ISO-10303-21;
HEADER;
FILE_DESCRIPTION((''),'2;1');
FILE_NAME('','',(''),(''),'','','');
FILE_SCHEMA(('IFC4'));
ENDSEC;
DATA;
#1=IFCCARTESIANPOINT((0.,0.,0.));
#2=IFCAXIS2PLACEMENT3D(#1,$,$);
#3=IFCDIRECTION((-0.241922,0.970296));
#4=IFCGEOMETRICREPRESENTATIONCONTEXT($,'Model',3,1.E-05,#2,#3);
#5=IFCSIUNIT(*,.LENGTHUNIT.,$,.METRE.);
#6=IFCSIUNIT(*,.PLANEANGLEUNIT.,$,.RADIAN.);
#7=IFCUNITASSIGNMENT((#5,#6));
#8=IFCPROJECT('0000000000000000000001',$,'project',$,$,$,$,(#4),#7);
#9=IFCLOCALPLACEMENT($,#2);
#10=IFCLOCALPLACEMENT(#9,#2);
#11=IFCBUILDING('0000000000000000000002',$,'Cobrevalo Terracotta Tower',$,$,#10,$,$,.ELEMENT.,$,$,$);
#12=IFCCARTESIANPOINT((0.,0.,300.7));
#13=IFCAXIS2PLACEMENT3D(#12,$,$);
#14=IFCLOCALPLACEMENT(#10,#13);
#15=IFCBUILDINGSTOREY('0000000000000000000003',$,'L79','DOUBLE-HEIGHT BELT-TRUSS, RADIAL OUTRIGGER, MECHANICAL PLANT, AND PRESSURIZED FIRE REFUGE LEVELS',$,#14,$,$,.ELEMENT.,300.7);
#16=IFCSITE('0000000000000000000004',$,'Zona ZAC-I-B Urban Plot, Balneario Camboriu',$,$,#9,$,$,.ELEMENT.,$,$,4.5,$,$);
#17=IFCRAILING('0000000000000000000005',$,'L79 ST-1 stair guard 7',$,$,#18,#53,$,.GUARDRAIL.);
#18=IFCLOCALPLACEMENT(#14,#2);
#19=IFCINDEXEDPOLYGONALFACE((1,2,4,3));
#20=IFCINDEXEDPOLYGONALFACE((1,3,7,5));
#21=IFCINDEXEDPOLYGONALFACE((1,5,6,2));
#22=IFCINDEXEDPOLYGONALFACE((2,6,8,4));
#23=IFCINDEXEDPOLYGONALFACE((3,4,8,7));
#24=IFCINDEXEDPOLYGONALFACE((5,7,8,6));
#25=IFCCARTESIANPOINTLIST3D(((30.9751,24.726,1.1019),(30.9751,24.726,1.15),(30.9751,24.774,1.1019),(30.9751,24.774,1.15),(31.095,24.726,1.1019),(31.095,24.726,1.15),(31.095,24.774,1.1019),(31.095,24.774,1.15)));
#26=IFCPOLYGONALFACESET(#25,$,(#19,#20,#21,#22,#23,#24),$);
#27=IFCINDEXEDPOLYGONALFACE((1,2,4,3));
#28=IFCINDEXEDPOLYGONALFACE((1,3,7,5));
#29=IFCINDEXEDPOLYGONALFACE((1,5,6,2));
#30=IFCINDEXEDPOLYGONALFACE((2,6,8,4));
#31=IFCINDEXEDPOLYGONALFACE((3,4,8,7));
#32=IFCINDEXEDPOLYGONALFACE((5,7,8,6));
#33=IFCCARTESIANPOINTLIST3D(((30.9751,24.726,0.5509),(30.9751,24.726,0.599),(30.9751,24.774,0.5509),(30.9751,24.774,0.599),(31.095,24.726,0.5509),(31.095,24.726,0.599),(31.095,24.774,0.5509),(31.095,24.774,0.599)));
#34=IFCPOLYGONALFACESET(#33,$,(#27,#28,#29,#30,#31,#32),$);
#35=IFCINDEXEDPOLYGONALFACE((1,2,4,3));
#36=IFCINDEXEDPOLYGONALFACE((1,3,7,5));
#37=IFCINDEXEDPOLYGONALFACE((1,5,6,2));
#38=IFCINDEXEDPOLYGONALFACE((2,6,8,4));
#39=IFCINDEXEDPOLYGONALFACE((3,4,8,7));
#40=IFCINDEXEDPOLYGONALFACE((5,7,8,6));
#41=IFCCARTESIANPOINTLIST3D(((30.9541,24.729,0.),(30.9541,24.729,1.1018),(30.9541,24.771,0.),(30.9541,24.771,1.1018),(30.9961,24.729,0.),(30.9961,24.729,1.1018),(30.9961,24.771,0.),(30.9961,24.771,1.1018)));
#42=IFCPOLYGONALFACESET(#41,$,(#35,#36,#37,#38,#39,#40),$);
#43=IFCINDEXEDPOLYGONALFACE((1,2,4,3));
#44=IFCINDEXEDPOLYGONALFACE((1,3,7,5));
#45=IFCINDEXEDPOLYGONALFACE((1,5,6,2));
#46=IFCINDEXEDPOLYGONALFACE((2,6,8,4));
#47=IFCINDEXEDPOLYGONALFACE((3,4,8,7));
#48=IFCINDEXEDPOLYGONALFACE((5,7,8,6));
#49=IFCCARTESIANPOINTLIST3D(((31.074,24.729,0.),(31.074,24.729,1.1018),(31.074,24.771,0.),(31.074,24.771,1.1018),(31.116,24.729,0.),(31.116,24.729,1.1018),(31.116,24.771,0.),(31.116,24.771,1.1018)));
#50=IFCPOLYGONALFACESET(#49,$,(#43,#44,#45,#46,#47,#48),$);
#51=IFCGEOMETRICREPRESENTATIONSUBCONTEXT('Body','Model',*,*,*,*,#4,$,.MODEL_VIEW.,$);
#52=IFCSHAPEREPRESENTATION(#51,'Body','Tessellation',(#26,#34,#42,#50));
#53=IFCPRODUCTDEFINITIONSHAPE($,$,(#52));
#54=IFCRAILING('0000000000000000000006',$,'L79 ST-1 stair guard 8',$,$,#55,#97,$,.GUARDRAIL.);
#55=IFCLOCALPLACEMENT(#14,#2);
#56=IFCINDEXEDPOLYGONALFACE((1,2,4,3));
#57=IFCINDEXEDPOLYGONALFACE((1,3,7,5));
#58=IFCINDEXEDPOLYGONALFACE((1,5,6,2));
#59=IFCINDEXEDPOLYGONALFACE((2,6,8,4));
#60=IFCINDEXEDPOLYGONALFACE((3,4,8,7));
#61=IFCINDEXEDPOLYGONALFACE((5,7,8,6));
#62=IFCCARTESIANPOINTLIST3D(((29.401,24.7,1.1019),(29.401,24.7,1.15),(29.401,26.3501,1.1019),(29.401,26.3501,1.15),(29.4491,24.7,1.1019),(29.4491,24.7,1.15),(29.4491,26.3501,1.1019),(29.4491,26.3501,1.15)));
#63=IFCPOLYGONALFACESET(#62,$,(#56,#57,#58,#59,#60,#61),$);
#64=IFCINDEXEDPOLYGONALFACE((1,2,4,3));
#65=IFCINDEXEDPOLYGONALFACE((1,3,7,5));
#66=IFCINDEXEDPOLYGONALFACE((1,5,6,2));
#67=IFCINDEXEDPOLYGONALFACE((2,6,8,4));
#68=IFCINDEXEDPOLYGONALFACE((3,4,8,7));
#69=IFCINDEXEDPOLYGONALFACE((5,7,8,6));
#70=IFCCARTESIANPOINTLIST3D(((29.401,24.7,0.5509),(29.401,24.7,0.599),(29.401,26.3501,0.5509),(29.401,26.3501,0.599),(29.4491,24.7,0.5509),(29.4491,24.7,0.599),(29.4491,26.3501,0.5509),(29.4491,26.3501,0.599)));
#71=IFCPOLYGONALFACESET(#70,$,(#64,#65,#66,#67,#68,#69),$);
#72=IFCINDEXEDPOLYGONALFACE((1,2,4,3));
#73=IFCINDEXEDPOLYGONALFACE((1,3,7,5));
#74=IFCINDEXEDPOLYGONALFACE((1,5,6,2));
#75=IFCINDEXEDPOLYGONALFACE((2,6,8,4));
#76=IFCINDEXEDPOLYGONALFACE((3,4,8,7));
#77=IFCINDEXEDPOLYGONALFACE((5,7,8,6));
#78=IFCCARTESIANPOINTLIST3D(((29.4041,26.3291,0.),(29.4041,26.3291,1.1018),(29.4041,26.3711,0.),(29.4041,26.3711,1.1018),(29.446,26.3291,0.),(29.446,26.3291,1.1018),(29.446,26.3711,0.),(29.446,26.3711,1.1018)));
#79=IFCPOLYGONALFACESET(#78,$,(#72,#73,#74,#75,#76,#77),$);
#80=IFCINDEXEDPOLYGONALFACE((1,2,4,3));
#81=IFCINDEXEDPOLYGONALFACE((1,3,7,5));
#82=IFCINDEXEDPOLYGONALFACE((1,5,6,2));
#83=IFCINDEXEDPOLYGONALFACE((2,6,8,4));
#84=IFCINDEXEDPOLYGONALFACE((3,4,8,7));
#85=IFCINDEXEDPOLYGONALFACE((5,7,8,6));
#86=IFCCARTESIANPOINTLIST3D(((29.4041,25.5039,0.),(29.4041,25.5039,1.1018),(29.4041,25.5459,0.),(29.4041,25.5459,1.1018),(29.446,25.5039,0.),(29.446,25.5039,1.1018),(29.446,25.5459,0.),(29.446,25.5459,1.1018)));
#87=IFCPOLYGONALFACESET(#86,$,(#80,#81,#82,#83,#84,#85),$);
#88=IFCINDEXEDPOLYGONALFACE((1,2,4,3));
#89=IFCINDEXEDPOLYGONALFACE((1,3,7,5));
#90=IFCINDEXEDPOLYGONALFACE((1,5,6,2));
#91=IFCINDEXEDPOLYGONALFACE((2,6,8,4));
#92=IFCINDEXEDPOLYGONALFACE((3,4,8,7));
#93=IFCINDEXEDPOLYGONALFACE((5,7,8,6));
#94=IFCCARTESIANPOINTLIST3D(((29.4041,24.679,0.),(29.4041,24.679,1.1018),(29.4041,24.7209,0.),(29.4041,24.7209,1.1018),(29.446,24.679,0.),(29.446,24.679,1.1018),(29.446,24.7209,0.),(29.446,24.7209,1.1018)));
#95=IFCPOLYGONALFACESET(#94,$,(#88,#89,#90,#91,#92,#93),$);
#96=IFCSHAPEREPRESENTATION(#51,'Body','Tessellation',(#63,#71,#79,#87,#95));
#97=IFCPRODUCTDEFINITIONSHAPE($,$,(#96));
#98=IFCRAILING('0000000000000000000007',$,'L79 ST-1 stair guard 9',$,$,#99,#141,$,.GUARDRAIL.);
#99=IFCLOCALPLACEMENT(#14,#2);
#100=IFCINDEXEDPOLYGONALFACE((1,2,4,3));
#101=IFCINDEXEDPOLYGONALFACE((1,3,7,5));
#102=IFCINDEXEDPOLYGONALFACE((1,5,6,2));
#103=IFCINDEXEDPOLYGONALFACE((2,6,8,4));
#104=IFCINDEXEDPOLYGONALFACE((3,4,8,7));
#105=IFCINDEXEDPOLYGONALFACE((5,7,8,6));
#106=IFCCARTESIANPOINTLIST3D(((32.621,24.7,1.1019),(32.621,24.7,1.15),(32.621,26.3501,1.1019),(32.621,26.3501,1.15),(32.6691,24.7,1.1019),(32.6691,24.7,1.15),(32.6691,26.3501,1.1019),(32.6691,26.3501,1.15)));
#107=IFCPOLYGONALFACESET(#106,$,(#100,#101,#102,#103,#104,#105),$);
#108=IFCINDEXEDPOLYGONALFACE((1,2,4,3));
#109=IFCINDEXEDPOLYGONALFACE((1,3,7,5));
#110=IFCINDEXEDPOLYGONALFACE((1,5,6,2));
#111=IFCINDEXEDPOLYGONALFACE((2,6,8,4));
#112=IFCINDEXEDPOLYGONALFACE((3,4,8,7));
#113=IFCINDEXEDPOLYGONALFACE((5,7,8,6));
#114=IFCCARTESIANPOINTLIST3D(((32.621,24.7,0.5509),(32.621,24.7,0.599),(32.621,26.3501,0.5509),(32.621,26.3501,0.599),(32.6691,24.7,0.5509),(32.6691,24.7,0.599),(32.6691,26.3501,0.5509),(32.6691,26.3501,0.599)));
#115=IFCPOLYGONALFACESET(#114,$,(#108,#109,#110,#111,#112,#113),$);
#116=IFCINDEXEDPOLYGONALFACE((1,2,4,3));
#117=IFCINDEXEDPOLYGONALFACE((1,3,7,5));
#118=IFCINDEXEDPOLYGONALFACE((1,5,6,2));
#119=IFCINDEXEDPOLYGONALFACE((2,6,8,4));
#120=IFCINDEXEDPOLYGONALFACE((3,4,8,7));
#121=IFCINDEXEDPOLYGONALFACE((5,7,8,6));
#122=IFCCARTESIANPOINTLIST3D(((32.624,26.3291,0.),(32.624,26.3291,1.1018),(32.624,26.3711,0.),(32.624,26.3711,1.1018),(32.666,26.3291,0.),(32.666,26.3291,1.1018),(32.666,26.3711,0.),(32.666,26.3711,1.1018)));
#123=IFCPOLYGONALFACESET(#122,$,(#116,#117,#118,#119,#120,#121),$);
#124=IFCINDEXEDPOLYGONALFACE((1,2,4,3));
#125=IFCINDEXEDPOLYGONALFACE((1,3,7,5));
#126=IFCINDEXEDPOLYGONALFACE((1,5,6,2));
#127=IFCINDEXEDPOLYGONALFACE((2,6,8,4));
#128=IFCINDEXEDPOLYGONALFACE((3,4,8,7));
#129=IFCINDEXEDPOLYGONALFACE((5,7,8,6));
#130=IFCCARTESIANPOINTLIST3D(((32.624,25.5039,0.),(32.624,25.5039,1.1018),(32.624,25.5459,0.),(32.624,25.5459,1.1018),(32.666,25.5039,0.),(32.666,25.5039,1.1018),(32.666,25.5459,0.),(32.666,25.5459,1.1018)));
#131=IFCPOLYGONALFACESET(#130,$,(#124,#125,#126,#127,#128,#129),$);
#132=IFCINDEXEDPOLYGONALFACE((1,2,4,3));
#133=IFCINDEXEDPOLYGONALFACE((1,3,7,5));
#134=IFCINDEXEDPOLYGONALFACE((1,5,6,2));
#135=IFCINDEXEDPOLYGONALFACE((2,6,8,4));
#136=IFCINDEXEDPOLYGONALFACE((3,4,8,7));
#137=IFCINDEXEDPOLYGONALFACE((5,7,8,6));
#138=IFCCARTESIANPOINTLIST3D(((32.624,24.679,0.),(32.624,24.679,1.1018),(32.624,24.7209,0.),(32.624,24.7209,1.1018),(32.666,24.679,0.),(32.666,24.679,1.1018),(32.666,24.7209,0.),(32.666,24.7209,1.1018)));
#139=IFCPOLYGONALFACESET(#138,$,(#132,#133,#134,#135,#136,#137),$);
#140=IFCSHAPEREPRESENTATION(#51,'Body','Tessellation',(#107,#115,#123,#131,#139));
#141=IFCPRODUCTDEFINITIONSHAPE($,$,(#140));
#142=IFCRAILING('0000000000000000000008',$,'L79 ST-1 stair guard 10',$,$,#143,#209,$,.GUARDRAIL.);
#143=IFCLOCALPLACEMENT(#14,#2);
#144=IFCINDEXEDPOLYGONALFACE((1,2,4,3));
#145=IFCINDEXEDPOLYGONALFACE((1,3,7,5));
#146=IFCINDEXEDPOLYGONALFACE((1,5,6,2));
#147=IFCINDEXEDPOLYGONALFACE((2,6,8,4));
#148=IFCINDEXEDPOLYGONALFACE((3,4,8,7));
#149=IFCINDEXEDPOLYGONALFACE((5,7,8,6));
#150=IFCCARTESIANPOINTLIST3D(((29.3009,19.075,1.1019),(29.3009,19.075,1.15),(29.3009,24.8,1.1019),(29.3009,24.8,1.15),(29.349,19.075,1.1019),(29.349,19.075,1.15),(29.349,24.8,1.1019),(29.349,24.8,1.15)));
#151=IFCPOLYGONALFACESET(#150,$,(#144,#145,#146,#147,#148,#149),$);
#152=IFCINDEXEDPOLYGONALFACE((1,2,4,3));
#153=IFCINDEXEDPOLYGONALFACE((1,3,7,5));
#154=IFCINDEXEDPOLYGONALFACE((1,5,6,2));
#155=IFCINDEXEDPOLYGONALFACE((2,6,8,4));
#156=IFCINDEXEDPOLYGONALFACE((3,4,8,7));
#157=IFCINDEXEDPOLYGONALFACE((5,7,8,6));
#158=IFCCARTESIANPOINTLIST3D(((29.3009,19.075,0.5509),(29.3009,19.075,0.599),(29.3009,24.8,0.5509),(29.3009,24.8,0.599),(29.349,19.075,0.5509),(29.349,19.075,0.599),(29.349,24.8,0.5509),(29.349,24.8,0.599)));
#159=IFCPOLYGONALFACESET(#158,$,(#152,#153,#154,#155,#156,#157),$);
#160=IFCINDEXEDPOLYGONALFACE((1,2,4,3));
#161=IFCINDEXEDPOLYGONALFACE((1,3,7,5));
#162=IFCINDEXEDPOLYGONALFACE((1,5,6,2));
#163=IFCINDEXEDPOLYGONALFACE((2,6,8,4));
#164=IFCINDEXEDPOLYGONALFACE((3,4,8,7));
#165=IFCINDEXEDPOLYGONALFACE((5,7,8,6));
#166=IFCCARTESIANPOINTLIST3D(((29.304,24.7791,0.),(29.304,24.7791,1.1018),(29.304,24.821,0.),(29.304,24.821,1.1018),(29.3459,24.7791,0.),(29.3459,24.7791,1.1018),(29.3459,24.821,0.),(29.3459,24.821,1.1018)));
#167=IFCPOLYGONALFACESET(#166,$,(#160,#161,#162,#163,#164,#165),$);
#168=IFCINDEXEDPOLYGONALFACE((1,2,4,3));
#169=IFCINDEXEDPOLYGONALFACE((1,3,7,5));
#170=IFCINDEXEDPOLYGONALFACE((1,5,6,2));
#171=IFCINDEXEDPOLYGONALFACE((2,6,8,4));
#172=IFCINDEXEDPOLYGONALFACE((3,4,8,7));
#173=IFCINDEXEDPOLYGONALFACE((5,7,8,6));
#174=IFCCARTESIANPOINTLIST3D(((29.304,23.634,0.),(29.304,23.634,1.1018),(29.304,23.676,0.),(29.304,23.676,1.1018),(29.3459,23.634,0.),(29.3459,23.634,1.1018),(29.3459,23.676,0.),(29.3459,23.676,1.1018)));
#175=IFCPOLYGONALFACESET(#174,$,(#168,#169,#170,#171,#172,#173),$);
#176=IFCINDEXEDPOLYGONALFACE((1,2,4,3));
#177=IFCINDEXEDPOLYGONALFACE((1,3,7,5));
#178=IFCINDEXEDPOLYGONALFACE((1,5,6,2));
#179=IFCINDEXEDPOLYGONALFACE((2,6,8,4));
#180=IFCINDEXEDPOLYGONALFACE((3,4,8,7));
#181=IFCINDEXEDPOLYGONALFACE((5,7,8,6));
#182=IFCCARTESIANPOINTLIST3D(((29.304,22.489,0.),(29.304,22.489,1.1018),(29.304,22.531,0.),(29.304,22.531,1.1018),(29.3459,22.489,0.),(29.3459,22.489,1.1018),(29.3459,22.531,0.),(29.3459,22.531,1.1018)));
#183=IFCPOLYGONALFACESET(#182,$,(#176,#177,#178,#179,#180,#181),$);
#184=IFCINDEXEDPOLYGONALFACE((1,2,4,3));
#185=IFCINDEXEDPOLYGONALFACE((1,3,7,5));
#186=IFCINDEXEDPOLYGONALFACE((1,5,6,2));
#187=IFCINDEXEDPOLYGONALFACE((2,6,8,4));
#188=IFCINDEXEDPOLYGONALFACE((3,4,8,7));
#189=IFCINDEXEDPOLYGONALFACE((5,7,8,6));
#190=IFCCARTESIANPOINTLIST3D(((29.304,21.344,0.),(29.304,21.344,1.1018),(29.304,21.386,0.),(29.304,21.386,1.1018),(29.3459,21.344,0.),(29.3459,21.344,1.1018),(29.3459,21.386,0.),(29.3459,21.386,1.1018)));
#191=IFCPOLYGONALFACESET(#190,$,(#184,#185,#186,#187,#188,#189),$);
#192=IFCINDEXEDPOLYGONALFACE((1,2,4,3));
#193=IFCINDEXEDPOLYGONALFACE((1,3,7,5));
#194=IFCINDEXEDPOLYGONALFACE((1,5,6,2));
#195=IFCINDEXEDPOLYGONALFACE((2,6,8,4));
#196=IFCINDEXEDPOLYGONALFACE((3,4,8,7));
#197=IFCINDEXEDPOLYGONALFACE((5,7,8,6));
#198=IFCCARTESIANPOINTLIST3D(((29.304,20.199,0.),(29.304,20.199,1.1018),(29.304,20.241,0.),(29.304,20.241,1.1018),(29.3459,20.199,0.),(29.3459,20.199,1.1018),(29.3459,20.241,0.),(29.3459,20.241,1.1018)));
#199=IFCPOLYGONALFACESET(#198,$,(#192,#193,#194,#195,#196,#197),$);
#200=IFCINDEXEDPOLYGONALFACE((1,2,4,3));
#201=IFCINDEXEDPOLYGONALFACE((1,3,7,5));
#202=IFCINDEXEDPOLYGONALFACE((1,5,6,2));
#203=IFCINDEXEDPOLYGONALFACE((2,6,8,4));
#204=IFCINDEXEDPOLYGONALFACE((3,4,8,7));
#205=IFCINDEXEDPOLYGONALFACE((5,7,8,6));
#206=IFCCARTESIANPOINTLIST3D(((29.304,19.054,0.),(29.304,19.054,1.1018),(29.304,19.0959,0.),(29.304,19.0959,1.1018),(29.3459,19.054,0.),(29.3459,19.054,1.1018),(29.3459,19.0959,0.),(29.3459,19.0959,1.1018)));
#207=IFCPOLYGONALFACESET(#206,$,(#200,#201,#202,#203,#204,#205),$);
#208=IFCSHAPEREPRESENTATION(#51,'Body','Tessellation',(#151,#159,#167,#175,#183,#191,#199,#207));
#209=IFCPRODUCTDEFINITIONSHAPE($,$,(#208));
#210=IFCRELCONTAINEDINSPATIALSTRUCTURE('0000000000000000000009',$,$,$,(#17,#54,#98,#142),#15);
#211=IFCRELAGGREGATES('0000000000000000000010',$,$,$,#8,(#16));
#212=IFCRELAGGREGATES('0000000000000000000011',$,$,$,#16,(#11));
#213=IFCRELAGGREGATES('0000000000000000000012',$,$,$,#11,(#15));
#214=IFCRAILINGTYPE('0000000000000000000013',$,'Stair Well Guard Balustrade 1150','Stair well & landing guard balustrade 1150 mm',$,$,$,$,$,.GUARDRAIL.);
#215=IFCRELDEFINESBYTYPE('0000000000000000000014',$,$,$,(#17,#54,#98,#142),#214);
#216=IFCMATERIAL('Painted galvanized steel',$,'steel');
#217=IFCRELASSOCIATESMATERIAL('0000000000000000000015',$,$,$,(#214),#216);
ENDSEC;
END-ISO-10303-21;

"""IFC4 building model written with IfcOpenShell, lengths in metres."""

from ifc_helpers import new_model, si_unit, direction, frame, origin, origin_2d, place, context, subcontext, project, spatial, rectangle, extrude, material, type_object, element, save


model = new_model("IFC4")

# Units and contexts
model_context = context("Model", 3, precision=1e-05, world=origin(), true_north=direction((-0.241922, 0.970296)))
body_context = subcontext(model_context, "Body", "Model", "MODEL_VIEW")
ifc_project = project(units=[si_unit("LENGTHUNIT", "METRE"), si_unit("PLANEANGLEUNIT", "RADIAN")], contexts=[model_context])

# Site, building, storey
site_placement = place(None, origin())
site = spatial("IfcSite", under=ifc_project, at=site_placement, Name="Zona ZAC-I-B Urban Plot, Balneario Camboriu", CompositionType="ELEMENT", RefElevation=4.5)
building_placement = place(site_placement, origin())
building = spatial("IfcBuilding", under=site, at=building_placement, Name="Cobrevalo Terracotta Tower", CompositionType="ELEMENT")
storey_placement = place(building_placement, frame((0.0, 0.0, 300.7)))
storey = spatial("IfcBuildingStorey", under=building, at=storey_placement, Name="L79", Description="DOUBLE-HEIGHT BELT-TRUSS, RADIAL OUTRIGGER, MECHANICAL PLANT, AND PRESSURIZED FIRE REFUGE LEVELS", CompositionType="ELEMENT", Elevation=300.7)

# Railings
ifc_material_1 = material(Name="Painted galvanized steel", Category="steel")
railing_type = type_object("IfcRailingType", Name="Stair Well Guard Balustrade 1150", Description="Stair well & landing guard balustrade 1150 mm", PredefinedType="GUARDRAIL", material=ifc_material_1)
railing_1_placement = place(storey_placement, frame((30.9751, 24.75, 0.0)))
element("IfcRailing", 1, at=railing_1_placement, inside=storey, type_object=railing_type, Name="L79 ST-1 stair guard 7", PredefinedType="GUARDRAIL", context=body_context, shape_type="SweptSolid", body=[
    extrude(rectangle(XDim=0.0481, YDim=0.0481, at=origin_2d()), frame((0.0, 0.0, 1.126), z_axis=(1.0, 0.0, 0.0), x_axis=(0.0, 1.0, 0.0)), (0.0, 0.0, 1.0), 0.1199),
    extrude(rectangle(XDim=0.0481, YDim=0.0481, at=origin_2d()), frame((0.0, 0.0, 0.575), z_axis=(1.0, 0.0, 0.0), x_axis=(0.0, 1.0, 0.0)), (0.0, 0.0, 1.0), 0.1199),
    extrude(rectangle(XDim=0.042, YDim=0.042, at=origin_2d()), origin(), (0.0, 0.0, 1.0), 1.1018),
    extrude(rectangle(XDim=0.042, YDim=0.042, at=origin_2d()), frame((0.1199, 0.0, 0.0)), (0.0, 0.0, 1.0), 1.1018),
])
for number, where, name in (
    (2, (29.425, 26.3501, 0.0), "L79 ST-1 stair guard 8"),
    (3, (32.645, 26.3501, 0.0), "L79 ST-1 stair guard 9"),
):
    element("IfcRailing", number, at=place(storey_placement, frame(where)), inside=storey, type_object=railing_type, Name=name, PredefinedType="GUARDRAIL", context=body_context, shape_type="SweptSolid", body=[
        extrude(rectangle(XDim=0.0481, YDim=0.0481, at=origin_2d()), frame((0.0, 0.0, 1.126), z_axis=(0.0, -1.0, 0.0), x_axis=(1.0, 0.0, 0.0)), (0.0, 0.0, 1.0), 1.6501),
        extrude(rectangle(XDim=0.0481, YDim=0.0481, at=origin_2d()), frame((0.0, 0.0, 0.575), z_axis=(0.0, -1.0, 0.0), x_axis=(1.0, 0.0, 0.0)), (0.0, 0.0, 1.0), 1.6501),
        extrude(rectangle(XDim=0.042, YDim=0.042, at=origin_2d()), origin(), (0.0, 0.0, 1.0), 1.1018),
        extrude(rectangle(XDim=0.042, YDim=0.042, at=origin_2d()), frame((0.0, -0.8252, 0.0)), (0.0, 0.0, 1.0), 1.1018),
        extrude(rectangle(XDim=0.042, YDim=0.042, at=origin_2d()), frame((0.0, -1.6501, 0.0)), (0.0, 0.0, 1.0), 1.1018),
    ])
for number, where, name in (
    (4, (29.325, 24.8, 0.0), "L79 ST-1 stair guard 10"),
):
    element("IfcRailing", number, at=place(storey_placement, frame(where)), inside=storey, type_object=railing_type, Name=name, PredefinedType="GUARDRAIL", context=body_context, shape_type="SweptSolid", body=[
        extrude(rectangle(XDim=0.0481, YDim=0.0481, at=origin_2d()), frame((0.0, 0.0, 1.126), z_axis=(0.0, -1.0, 0.0), x_axis=(1.0, 0.0, 0.0)), (0.0, 0.0, 1.0), 5.7251),
        extrude(rectangle(XDim=0.0481, YDim=0.0481, at=origin_2d()), frame((0.0, 0.0, 0.575), z_axis=(0.0, -1.0, 0.0), x_axis=(1.0, 0.0, 0.0)), (0.0, 0.0, 1.0), 5.7251),
        extrude(rectangle(XDim=0.042, YDim=0.042, at=origin_2d()), origin(), (0.0, 0.0, 1.0), 1.1018),
        extrude(rectangle(XDim=0.042, YDim=0.042, at=origin_2d()), frame((0.0, -1.145, 0.0)), (0.0, 0.0, 1.0), 1.1018),
        extrude(rectangle(XDim=0.042, YDim=0.042, at=origin_2d()), frame((0.0, -2.29, 0.0)), (0.0, 0.0, 1.0), 1.1018),
        extrude(rectangle(XDim=0.042, YDim=0.042, at=origin_2d()), frame((0.0, -3.4351, 0.0)), (0.0, 0.0, 1.0), 1.1018),
        extrude(rectangle(XDim=0.042, YDim=0.042, at=origin_2d()), frame((0.0, -4.5801, 0.0)), (0.0, 0.0, 1.0), 1.1018),
        extrude(rectangle(XDim=0.042, YDim=0.042, at=origin_2d()), frame((0.0, -5.7251, 0.0)), (0.0, 0.0, 1.0), 1.1018),
    ])

save(model, "model.ifc")
